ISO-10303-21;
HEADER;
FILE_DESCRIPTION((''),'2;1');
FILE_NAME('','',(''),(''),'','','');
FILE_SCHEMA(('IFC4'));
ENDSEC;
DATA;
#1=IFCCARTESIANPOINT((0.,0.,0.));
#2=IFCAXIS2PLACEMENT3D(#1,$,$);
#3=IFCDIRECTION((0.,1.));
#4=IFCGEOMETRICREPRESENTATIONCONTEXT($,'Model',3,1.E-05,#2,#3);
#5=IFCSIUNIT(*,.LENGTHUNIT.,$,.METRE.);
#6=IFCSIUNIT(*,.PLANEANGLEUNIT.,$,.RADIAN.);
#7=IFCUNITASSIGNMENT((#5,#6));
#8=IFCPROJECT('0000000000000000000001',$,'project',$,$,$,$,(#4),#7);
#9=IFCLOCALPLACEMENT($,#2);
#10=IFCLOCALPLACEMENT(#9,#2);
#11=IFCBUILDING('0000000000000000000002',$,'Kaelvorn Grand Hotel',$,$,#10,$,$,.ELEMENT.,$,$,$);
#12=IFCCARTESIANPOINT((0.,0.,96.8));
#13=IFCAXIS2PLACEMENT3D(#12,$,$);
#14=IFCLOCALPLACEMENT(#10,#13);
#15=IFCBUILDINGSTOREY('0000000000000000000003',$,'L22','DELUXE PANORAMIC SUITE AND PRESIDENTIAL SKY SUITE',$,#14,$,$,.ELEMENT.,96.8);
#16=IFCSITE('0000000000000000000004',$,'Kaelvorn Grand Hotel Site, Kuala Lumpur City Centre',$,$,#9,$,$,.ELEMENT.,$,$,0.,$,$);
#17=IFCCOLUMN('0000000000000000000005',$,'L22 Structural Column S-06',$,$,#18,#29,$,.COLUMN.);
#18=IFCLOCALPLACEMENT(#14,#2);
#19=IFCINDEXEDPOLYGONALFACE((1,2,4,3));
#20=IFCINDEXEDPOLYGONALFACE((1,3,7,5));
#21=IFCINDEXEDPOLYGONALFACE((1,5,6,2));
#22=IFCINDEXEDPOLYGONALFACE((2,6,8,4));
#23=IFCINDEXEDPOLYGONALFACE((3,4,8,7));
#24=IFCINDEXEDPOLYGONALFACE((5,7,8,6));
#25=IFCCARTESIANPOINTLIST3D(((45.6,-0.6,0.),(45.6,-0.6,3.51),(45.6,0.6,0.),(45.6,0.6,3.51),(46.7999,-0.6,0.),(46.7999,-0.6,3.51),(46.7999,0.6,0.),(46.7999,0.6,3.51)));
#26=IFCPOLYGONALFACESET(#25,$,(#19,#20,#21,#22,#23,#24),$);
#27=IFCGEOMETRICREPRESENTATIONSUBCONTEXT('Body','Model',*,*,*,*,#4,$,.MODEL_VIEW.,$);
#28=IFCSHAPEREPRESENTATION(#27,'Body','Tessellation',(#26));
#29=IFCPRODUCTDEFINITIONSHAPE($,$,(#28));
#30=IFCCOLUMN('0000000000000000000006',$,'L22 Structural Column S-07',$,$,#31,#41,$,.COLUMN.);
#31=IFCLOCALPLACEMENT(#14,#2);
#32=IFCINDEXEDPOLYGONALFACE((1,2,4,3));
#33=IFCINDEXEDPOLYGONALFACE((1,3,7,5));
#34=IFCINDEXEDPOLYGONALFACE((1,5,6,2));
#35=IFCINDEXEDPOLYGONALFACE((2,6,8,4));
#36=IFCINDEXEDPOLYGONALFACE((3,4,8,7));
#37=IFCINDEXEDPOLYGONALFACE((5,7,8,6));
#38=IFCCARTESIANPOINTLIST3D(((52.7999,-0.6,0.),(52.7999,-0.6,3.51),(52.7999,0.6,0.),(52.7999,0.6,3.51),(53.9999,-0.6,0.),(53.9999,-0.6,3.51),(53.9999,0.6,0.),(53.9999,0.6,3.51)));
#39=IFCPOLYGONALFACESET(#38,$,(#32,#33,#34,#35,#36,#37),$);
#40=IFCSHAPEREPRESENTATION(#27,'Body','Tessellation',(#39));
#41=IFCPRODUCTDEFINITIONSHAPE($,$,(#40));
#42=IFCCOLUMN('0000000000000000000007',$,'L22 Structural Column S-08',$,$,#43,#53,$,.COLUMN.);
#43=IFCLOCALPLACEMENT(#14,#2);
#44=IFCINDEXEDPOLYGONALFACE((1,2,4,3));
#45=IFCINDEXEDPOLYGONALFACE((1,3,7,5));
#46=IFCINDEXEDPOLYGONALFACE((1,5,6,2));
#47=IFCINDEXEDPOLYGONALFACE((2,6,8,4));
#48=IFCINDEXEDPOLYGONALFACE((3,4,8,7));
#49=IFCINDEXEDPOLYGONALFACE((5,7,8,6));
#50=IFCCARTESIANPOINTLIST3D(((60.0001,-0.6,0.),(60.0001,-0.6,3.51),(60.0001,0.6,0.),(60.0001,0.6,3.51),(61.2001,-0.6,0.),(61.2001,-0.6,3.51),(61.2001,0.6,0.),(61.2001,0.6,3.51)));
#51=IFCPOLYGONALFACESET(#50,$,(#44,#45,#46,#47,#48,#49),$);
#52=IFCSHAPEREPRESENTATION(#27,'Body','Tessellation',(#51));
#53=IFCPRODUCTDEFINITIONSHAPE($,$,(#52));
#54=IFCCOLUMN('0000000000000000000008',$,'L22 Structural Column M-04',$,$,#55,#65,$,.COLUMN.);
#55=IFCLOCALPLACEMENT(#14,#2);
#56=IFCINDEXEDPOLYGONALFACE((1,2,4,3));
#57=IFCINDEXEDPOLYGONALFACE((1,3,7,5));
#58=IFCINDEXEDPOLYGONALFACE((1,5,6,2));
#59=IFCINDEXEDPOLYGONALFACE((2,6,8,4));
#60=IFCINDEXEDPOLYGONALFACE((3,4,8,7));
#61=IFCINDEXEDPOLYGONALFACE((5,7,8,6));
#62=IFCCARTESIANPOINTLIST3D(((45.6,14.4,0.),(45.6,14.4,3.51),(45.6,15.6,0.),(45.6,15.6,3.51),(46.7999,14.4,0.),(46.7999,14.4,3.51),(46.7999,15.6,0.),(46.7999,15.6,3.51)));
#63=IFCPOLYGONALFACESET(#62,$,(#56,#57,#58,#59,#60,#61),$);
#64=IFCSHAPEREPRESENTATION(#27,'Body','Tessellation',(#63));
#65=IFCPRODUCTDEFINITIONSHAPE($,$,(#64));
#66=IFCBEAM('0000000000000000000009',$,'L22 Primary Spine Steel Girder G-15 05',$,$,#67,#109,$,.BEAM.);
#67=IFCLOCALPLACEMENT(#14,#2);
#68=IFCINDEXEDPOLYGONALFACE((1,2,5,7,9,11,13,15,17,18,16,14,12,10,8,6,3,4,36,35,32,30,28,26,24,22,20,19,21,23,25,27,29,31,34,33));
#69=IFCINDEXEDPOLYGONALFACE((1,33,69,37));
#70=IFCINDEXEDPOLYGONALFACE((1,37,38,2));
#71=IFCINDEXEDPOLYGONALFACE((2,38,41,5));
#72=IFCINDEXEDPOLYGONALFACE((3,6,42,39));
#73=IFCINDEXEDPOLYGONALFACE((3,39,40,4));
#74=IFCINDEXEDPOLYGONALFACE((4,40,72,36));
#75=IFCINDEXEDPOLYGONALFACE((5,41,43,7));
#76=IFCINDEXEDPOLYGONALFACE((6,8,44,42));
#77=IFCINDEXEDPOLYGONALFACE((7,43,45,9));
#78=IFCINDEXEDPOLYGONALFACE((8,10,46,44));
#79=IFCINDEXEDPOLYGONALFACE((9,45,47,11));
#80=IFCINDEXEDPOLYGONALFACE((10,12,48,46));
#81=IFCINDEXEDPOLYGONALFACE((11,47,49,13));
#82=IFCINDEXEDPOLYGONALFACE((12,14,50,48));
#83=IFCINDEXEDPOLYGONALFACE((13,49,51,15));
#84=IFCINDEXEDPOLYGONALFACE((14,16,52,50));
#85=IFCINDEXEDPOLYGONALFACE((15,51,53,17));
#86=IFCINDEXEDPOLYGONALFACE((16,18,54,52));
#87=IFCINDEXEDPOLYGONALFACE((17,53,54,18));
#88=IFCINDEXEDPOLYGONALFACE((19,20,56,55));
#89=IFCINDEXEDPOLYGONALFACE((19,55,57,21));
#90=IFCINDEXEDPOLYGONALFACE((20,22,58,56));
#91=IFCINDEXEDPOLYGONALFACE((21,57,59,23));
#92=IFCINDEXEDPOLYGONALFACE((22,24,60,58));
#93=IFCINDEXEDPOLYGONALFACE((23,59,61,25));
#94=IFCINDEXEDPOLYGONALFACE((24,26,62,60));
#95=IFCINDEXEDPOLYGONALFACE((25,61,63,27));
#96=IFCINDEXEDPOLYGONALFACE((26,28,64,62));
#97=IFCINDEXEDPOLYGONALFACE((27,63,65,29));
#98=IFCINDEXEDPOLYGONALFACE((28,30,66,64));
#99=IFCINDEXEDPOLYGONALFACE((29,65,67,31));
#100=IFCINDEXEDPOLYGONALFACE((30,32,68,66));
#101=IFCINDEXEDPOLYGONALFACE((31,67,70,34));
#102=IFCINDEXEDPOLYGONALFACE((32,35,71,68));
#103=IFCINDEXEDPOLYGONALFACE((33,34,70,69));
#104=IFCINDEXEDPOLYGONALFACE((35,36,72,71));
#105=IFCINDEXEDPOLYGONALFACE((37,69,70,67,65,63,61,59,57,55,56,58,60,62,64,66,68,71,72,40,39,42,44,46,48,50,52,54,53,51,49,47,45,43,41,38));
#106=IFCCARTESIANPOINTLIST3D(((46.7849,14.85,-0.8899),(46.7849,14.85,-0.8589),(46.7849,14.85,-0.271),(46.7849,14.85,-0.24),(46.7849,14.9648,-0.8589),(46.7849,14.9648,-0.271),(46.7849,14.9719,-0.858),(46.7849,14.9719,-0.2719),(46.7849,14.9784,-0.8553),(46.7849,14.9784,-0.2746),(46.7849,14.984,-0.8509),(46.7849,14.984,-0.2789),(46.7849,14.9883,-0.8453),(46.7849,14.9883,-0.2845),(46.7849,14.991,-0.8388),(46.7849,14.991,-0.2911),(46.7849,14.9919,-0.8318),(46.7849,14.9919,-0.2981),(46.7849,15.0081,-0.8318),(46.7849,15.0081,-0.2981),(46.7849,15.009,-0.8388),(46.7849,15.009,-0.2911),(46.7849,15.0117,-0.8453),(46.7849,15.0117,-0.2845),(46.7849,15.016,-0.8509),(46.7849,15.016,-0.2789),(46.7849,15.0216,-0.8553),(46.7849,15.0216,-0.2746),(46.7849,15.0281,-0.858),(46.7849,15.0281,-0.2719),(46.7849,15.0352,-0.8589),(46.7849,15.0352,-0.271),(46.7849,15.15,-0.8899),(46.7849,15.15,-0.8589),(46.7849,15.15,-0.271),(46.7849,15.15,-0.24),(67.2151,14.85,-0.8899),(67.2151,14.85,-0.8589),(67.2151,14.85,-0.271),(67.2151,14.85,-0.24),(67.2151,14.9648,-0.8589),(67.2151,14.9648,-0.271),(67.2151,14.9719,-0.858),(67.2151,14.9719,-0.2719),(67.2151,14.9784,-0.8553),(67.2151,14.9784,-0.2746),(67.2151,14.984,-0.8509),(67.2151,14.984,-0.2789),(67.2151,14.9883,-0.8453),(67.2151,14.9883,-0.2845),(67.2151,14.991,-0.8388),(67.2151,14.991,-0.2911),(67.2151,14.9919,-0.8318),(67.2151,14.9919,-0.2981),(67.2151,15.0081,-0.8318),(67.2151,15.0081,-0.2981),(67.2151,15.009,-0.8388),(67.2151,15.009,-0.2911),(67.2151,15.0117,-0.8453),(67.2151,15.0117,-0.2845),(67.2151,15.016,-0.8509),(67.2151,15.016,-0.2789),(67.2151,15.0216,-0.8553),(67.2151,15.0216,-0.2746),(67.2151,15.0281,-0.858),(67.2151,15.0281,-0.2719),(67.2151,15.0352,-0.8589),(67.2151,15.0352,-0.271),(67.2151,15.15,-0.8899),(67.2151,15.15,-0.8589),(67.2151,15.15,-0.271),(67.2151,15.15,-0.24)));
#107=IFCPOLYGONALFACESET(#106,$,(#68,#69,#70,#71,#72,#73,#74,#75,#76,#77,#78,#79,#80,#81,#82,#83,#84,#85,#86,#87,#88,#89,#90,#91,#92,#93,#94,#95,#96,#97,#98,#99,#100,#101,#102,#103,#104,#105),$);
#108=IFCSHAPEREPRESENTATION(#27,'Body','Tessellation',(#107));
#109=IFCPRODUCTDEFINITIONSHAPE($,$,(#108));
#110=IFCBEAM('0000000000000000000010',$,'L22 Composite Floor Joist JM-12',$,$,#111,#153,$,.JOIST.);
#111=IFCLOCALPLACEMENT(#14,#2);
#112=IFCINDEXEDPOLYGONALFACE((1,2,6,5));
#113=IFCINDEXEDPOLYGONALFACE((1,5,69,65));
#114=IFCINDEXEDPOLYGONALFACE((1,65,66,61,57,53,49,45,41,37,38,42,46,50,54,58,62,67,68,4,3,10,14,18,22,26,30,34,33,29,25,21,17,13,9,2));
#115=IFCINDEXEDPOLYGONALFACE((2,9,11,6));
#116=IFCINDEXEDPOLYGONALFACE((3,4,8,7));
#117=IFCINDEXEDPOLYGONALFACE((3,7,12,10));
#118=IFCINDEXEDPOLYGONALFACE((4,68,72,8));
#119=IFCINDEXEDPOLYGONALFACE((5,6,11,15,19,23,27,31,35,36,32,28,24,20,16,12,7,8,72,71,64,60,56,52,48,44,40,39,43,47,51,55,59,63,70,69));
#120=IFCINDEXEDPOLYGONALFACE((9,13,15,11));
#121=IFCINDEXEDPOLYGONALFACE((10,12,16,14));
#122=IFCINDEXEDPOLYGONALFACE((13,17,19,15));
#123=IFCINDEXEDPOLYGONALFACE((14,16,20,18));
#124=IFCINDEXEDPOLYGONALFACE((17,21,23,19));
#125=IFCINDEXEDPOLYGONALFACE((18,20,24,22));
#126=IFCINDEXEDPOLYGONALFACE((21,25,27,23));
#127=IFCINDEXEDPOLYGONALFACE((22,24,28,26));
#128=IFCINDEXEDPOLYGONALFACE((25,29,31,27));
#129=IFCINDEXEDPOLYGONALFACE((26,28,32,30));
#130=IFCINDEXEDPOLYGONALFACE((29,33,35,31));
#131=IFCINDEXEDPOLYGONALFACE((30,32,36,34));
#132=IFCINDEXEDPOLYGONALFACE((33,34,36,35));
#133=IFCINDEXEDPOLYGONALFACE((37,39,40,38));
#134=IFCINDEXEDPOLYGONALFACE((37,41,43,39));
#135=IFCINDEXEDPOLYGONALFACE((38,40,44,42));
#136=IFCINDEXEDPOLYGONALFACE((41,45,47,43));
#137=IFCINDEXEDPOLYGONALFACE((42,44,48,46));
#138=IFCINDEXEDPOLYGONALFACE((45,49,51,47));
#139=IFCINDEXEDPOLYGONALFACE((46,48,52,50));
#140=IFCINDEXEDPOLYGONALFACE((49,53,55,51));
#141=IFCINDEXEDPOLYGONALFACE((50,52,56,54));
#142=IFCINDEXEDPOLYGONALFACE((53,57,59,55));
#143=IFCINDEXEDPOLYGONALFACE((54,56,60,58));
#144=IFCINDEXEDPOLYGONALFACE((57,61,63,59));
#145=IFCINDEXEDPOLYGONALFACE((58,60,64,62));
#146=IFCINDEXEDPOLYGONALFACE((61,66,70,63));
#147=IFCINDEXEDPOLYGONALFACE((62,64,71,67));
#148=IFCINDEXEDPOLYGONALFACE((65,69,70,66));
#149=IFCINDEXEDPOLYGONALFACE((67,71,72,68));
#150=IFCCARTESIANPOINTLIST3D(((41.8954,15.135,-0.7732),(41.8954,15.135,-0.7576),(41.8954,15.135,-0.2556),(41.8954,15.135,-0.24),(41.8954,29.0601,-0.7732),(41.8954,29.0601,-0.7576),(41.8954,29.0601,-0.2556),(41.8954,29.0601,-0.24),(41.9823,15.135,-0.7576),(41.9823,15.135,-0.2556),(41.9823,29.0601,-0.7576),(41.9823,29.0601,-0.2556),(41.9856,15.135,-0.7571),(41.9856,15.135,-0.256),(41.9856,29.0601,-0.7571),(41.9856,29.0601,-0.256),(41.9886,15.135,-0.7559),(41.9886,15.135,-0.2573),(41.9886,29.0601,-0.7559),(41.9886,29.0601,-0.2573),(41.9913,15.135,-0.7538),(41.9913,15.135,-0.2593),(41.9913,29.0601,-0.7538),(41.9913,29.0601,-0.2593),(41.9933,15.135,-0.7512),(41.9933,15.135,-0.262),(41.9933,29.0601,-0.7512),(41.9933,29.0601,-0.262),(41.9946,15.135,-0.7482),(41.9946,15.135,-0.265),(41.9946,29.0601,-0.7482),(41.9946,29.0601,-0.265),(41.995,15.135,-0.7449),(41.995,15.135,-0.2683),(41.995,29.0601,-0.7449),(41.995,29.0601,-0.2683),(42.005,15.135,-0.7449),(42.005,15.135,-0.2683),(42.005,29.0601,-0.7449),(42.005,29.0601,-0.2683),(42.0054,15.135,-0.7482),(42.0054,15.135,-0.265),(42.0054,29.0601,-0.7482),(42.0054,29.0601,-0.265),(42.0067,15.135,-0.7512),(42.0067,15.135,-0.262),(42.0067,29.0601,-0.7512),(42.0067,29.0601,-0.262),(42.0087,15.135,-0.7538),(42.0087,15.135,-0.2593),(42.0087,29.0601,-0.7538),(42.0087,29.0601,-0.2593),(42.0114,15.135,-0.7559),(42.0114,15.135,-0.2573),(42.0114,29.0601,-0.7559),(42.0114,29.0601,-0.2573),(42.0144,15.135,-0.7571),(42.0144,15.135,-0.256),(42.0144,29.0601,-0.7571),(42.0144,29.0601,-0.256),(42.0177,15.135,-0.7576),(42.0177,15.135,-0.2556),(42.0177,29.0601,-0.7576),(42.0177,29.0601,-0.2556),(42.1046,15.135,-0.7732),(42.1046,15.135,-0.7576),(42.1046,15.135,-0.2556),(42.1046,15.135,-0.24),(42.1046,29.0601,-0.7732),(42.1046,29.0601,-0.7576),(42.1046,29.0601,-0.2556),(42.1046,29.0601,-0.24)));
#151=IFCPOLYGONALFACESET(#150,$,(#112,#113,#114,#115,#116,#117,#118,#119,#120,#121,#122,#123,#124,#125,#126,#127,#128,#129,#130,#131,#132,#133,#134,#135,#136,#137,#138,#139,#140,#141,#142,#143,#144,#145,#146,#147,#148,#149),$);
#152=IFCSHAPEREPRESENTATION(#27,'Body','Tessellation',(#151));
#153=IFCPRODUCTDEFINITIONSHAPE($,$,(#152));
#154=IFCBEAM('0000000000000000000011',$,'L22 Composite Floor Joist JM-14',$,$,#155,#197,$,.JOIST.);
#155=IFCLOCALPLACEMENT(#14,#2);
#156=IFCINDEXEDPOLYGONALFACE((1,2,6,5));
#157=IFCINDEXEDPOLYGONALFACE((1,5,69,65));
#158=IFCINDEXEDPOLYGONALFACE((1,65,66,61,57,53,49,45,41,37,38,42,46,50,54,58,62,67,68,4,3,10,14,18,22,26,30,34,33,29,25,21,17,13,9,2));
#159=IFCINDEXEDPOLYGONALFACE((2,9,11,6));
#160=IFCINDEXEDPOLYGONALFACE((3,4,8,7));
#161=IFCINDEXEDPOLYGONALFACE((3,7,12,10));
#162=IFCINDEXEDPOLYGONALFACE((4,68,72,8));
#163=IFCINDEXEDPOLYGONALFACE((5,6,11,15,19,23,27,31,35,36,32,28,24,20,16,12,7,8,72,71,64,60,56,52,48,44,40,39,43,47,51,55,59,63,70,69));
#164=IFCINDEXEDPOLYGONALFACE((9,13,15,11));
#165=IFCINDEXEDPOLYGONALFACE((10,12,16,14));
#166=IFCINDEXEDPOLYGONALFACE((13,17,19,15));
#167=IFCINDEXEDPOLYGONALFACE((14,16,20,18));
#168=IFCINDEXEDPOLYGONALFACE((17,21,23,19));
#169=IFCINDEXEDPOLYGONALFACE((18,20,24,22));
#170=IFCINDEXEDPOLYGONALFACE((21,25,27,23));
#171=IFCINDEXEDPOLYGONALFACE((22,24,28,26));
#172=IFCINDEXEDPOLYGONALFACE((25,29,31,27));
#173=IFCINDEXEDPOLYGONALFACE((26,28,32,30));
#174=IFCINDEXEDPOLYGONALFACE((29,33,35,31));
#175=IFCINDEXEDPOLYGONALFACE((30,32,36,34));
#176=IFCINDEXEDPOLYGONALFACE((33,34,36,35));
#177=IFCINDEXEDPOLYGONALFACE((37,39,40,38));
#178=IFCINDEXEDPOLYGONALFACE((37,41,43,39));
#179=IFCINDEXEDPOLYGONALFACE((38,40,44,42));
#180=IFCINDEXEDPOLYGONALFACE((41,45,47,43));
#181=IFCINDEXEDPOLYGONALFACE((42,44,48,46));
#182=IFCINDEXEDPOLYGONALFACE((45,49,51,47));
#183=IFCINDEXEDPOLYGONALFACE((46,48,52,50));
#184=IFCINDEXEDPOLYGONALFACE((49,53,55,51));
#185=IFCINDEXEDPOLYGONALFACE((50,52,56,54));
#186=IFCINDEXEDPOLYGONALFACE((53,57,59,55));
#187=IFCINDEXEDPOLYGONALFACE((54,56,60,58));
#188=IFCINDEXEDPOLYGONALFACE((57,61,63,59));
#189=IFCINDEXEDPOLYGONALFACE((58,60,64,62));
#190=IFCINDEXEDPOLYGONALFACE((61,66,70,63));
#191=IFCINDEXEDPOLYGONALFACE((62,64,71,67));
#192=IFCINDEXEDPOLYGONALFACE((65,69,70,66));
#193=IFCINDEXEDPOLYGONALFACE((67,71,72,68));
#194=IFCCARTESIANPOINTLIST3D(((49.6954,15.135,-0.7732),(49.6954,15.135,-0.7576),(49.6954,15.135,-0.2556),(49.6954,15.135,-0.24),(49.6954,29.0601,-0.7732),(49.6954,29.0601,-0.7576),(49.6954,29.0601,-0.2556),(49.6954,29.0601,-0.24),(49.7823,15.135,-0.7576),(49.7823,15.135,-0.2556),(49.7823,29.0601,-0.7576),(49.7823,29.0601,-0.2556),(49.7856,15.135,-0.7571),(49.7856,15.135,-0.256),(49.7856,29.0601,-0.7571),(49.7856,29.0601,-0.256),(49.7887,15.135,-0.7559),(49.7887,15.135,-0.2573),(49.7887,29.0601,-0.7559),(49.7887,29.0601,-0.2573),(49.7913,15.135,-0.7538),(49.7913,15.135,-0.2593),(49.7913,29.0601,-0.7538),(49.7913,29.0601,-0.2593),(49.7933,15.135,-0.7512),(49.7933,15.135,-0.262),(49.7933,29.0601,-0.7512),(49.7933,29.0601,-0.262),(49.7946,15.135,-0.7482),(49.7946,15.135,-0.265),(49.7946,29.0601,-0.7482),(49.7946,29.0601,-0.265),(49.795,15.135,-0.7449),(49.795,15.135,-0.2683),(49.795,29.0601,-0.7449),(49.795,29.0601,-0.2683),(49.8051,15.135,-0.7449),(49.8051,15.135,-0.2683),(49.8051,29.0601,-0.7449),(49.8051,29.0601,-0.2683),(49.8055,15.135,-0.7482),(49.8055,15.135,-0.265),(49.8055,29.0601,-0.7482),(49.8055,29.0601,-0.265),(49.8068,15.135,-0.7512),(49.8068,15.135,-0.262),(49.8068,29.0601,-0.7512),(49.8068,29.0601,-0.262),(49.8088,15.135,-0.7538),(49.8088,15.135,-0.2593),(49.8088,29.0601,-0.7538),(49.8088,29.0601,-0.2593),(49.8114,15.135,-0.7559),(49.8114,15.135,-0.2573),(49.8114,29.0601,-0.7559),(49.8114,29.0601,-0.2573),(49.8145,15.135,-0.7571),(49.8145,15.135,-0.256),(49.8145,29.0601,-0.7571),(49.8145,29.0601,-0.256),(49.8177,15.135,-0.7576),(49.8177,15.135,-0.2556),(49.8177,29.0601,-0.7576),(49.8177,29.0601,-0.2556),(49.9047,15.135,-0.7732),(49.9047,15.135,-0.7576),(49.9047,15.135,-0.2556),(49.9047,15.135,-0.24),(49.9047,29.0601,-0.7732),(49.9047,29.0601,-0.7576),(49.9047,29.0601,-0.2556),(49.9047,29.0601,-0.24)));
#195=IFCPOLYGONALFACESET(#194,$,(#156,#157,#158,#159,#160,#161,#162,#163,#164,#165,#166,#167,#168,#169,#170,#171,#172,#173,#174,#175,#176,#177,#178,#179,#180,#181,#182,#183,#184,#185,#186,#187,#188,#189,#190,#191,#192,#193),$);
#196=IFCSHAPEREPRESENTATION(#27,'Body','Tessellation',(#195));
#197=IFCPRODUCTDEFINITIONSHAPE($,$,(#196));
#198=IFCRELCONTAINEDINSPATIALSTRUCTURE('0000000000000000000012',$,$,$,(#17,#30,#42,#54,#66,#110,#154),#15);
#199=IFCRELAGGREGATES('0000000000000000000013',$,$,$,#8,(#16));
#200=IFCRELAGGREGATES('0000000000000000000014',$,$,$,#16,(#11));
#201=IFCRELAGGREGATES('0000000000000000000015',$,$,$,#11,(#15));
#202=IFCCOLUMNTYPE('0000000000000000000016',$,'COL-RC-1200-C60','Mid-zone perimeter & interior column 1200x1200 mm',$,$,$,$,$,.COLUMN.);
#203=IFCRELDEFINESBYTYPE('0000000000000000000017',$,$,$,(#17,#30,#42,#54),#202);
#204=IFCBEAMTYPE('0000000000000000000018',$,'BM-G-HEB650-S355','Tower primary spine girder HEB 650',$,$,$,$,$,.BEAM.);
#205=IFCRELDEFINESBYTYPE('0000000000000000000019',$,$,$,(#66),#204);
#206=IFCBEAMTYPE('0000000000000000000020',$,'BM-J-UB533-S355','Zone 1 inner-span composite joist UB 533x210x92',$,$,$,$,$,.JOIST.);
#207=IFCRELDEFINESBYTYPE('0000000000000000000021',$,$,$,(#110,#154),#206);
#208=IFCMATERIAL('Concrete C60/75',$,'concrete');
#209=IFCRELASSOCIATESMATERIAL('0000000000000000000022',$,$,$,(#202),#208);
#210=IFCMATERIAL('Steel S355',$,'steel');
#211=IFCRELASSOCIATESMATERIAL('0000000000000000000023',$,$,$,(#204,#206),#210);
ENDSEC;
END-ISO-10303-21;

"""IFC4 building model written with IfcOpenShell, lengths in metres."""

from ifc_helpers import new_model, si_unit, direction, frame, origin, origin_2d, place, context, subcontext, project, spatial, rectangle, i_section, extrude, material, material_profile, profile_set, type_object, element, save


model = new_model("IFC4")

# Units and contexts
model_context = context("Model", 3, precision=1e-05, world=origin(), true_north=direction((0.0, 1.0)))
body_context = subcontext(model_context, "Body", "Model", "MODEL_VIEW")
ifc_project = project(units=[si_unit("LENGTHUNIT", "METRE"), si_unit("PLANEANGLEUNIT", "RADIAN")], contexts=[model_context])

# Site, building, storey
site_placement = place(None, origin())
site = spatial("IfcSite", under=ifc_project, at=site_placement, Name="Kaelvorn Grand Hotel Site, Kuala Lumpur City Centre", CompositionType="ELEMENT", RefElevation=0.0)
building_placement = place(site_placement, origin())
building = spatial("IfcBuilding", under=site, at=building_placement, Name="Kaelvorn Grand Hotel", CompositionType="ELEMENT")
storey_placement = place(building_placement, frame((0.0, 0.0, 96.8)))
storey = spatial("IfcBuildingStorey", under=building, at=storey_placement, Name="L22", Description="DELUXE PANORAMIC SUITE AND PRESIDENTIAL SKY SUITE", CompositionType="ELEMENT", Elevation=96.8)

# Columns
ifc_material_1 = material(Name="Concrete C60/75", Category="concrete")
ifc_material_profile_1 = material_profile(ifc_material_1, rectangle(XDim=1.2, YDim=1.2, at=origin_2d()), Name="RC COL 1200x1200")
ifc_profile_set_1 = profile_set([ifc_material_profile_1], Name="Concrete C60/75")
column_type = type_object("IfcColumnType", Name="COL-RC-1200-C60", Description="Mid-zone perimeter & interior column 1200x1200 mm", PredefinedType="COLUMN", material=ifc_profile_set_1)
for number, where, z_axis, x_axis, name in (
    (1, (46.2, 0.0, 0.0), (0.0, 0.0, 1.0), (1.0, 0.0, 0.0), "L22 Structural Column S-06"),
    (2, (53.3999, 0.0, 0.0), (0.0, 0.0, 1.0), (1.0, 0.0, 0.0), "L22 Structural Column S-07"),
    (3, (60.6001, 0.0, 0.0), (0.0, 0.0, 1.0), (1.0, 0.0, 0.0), "L22 Structural Column S-08"),
    (4, (46.2, 15.0, 0.0), (0.0, 0.0, 1.0), (1.0, 0.0, 0.0), "L22 Structural Column M-04"),
):
    element("IfcColumn", number, at=place(storey_placement, frame(where, z_axis=z_axis, x_axis=x_axis)), inside=storey, type_object=column_type, Name=name, PredefinedType="COLUMN", context=body_context, shape_type="SweptSolid", body=[
        extrude(rectangle(XDim=1.2, YDim=1.2, at=origin_2d()), origin(), (0.0, 0.0, 1.0), 3.51),
    ])

# Beams
ifc_material_2 = material(Name="Steel S355", Category="steel")
ifc_material_profile_2 = material_profile(ifc_material_2, i_section(OverallWidth=0.3, OverallDepth=0.6499, WebThickness=0.0161, FlangeThickness=0.031, FilletRadius=0.0271, at=origin_2d()), Name="HEB 650")
ifc_profile_set_2 = profile_set([ifc_material_profile_2], Name="Steel S355")
beam_type_1 = type_object("IfcBeamType", Name="BM-G-HEB650-S355", Description="Tower primary spine girder HEB 650", PredefinedType="BEAM", material=ifc_profile_set_2)
beam_1_placement = place(storey_placement, frame((46.7849, 15.0, -0.5649), z_axis=(1.0, 0.0, 0.0), x_axis=(0.0, 1.0, 0.0)))
element("IfcBeam", 5, at=beam_1_placement, inside=storey, type_object=beam_type_1, Name="L22 Primary Spine Steel Girder G-15 05", PredefinedType="BEAM", context=body_context, shape_type="SweptSolid", body=[
    extrude(i_section(OverallWidth=0.3, OverallDepth=0.6499, WebThickness=0.0161, FlangeThickness=0.031, FilletRadius=0.0271, at=origin_2d()), origin(), (0.0, 0.0, 1.0), 20.4302),
])
ifc_material_profile_3 = material_profile(ifc_material_2, i_section(OverallWidth=0.2092, OverallDepth=0.5332, WebThickness=0.01, FlangeThickness=0.0156, FilletRadius=0.0127, at=origin_2d()), Name="UB 533x210x92")
ifc_profile_set_3 = profile_set([ifc_material_profile_3], Name="Steel S355")
beam_type_2 = type_object("IfcBeamType", Name="BM-J-UB533-S355", Description="Zone 1 inner-span composite joist UB 533x210x92", PredefinedType="JOIST", material=ifc_profile_set_3)
for number, where, z_axis, x_axis, name in (
    (6, (42.0, 15.135, -0.5066), (0.0, 1.0, 0.0), (-1.0, 0.0, 0.0), "L22 Composite Floor Joist JM-12"),
    (7, (49.8, 15.135, -0.5066), (0.0, 1.0, 0.0), (-1.0, 0.0, 0.0), "L22 Composite Floor Joist JM-14"),
):
    element("IfcBeam", number, at=place(storey_placement, frame(where, z_axis=z_axis, x_axis=x_axis)), inside=storey, type_object=beam_type_2, Name=name, PredefinedType="JOIST", context=body_context, shape_type="SweptSolid", body=[
        extrude(i_section(OverallWidth=0.2092, OverallDepth=0.5332, WebThickness=0.01, FlangeThickness=0.0156, FilletRadius=0.0127, at=origin_2d()), origin(), (0.0, 0.0, 1.0), 13.925),
    ])

save(model, "model.ifc")
